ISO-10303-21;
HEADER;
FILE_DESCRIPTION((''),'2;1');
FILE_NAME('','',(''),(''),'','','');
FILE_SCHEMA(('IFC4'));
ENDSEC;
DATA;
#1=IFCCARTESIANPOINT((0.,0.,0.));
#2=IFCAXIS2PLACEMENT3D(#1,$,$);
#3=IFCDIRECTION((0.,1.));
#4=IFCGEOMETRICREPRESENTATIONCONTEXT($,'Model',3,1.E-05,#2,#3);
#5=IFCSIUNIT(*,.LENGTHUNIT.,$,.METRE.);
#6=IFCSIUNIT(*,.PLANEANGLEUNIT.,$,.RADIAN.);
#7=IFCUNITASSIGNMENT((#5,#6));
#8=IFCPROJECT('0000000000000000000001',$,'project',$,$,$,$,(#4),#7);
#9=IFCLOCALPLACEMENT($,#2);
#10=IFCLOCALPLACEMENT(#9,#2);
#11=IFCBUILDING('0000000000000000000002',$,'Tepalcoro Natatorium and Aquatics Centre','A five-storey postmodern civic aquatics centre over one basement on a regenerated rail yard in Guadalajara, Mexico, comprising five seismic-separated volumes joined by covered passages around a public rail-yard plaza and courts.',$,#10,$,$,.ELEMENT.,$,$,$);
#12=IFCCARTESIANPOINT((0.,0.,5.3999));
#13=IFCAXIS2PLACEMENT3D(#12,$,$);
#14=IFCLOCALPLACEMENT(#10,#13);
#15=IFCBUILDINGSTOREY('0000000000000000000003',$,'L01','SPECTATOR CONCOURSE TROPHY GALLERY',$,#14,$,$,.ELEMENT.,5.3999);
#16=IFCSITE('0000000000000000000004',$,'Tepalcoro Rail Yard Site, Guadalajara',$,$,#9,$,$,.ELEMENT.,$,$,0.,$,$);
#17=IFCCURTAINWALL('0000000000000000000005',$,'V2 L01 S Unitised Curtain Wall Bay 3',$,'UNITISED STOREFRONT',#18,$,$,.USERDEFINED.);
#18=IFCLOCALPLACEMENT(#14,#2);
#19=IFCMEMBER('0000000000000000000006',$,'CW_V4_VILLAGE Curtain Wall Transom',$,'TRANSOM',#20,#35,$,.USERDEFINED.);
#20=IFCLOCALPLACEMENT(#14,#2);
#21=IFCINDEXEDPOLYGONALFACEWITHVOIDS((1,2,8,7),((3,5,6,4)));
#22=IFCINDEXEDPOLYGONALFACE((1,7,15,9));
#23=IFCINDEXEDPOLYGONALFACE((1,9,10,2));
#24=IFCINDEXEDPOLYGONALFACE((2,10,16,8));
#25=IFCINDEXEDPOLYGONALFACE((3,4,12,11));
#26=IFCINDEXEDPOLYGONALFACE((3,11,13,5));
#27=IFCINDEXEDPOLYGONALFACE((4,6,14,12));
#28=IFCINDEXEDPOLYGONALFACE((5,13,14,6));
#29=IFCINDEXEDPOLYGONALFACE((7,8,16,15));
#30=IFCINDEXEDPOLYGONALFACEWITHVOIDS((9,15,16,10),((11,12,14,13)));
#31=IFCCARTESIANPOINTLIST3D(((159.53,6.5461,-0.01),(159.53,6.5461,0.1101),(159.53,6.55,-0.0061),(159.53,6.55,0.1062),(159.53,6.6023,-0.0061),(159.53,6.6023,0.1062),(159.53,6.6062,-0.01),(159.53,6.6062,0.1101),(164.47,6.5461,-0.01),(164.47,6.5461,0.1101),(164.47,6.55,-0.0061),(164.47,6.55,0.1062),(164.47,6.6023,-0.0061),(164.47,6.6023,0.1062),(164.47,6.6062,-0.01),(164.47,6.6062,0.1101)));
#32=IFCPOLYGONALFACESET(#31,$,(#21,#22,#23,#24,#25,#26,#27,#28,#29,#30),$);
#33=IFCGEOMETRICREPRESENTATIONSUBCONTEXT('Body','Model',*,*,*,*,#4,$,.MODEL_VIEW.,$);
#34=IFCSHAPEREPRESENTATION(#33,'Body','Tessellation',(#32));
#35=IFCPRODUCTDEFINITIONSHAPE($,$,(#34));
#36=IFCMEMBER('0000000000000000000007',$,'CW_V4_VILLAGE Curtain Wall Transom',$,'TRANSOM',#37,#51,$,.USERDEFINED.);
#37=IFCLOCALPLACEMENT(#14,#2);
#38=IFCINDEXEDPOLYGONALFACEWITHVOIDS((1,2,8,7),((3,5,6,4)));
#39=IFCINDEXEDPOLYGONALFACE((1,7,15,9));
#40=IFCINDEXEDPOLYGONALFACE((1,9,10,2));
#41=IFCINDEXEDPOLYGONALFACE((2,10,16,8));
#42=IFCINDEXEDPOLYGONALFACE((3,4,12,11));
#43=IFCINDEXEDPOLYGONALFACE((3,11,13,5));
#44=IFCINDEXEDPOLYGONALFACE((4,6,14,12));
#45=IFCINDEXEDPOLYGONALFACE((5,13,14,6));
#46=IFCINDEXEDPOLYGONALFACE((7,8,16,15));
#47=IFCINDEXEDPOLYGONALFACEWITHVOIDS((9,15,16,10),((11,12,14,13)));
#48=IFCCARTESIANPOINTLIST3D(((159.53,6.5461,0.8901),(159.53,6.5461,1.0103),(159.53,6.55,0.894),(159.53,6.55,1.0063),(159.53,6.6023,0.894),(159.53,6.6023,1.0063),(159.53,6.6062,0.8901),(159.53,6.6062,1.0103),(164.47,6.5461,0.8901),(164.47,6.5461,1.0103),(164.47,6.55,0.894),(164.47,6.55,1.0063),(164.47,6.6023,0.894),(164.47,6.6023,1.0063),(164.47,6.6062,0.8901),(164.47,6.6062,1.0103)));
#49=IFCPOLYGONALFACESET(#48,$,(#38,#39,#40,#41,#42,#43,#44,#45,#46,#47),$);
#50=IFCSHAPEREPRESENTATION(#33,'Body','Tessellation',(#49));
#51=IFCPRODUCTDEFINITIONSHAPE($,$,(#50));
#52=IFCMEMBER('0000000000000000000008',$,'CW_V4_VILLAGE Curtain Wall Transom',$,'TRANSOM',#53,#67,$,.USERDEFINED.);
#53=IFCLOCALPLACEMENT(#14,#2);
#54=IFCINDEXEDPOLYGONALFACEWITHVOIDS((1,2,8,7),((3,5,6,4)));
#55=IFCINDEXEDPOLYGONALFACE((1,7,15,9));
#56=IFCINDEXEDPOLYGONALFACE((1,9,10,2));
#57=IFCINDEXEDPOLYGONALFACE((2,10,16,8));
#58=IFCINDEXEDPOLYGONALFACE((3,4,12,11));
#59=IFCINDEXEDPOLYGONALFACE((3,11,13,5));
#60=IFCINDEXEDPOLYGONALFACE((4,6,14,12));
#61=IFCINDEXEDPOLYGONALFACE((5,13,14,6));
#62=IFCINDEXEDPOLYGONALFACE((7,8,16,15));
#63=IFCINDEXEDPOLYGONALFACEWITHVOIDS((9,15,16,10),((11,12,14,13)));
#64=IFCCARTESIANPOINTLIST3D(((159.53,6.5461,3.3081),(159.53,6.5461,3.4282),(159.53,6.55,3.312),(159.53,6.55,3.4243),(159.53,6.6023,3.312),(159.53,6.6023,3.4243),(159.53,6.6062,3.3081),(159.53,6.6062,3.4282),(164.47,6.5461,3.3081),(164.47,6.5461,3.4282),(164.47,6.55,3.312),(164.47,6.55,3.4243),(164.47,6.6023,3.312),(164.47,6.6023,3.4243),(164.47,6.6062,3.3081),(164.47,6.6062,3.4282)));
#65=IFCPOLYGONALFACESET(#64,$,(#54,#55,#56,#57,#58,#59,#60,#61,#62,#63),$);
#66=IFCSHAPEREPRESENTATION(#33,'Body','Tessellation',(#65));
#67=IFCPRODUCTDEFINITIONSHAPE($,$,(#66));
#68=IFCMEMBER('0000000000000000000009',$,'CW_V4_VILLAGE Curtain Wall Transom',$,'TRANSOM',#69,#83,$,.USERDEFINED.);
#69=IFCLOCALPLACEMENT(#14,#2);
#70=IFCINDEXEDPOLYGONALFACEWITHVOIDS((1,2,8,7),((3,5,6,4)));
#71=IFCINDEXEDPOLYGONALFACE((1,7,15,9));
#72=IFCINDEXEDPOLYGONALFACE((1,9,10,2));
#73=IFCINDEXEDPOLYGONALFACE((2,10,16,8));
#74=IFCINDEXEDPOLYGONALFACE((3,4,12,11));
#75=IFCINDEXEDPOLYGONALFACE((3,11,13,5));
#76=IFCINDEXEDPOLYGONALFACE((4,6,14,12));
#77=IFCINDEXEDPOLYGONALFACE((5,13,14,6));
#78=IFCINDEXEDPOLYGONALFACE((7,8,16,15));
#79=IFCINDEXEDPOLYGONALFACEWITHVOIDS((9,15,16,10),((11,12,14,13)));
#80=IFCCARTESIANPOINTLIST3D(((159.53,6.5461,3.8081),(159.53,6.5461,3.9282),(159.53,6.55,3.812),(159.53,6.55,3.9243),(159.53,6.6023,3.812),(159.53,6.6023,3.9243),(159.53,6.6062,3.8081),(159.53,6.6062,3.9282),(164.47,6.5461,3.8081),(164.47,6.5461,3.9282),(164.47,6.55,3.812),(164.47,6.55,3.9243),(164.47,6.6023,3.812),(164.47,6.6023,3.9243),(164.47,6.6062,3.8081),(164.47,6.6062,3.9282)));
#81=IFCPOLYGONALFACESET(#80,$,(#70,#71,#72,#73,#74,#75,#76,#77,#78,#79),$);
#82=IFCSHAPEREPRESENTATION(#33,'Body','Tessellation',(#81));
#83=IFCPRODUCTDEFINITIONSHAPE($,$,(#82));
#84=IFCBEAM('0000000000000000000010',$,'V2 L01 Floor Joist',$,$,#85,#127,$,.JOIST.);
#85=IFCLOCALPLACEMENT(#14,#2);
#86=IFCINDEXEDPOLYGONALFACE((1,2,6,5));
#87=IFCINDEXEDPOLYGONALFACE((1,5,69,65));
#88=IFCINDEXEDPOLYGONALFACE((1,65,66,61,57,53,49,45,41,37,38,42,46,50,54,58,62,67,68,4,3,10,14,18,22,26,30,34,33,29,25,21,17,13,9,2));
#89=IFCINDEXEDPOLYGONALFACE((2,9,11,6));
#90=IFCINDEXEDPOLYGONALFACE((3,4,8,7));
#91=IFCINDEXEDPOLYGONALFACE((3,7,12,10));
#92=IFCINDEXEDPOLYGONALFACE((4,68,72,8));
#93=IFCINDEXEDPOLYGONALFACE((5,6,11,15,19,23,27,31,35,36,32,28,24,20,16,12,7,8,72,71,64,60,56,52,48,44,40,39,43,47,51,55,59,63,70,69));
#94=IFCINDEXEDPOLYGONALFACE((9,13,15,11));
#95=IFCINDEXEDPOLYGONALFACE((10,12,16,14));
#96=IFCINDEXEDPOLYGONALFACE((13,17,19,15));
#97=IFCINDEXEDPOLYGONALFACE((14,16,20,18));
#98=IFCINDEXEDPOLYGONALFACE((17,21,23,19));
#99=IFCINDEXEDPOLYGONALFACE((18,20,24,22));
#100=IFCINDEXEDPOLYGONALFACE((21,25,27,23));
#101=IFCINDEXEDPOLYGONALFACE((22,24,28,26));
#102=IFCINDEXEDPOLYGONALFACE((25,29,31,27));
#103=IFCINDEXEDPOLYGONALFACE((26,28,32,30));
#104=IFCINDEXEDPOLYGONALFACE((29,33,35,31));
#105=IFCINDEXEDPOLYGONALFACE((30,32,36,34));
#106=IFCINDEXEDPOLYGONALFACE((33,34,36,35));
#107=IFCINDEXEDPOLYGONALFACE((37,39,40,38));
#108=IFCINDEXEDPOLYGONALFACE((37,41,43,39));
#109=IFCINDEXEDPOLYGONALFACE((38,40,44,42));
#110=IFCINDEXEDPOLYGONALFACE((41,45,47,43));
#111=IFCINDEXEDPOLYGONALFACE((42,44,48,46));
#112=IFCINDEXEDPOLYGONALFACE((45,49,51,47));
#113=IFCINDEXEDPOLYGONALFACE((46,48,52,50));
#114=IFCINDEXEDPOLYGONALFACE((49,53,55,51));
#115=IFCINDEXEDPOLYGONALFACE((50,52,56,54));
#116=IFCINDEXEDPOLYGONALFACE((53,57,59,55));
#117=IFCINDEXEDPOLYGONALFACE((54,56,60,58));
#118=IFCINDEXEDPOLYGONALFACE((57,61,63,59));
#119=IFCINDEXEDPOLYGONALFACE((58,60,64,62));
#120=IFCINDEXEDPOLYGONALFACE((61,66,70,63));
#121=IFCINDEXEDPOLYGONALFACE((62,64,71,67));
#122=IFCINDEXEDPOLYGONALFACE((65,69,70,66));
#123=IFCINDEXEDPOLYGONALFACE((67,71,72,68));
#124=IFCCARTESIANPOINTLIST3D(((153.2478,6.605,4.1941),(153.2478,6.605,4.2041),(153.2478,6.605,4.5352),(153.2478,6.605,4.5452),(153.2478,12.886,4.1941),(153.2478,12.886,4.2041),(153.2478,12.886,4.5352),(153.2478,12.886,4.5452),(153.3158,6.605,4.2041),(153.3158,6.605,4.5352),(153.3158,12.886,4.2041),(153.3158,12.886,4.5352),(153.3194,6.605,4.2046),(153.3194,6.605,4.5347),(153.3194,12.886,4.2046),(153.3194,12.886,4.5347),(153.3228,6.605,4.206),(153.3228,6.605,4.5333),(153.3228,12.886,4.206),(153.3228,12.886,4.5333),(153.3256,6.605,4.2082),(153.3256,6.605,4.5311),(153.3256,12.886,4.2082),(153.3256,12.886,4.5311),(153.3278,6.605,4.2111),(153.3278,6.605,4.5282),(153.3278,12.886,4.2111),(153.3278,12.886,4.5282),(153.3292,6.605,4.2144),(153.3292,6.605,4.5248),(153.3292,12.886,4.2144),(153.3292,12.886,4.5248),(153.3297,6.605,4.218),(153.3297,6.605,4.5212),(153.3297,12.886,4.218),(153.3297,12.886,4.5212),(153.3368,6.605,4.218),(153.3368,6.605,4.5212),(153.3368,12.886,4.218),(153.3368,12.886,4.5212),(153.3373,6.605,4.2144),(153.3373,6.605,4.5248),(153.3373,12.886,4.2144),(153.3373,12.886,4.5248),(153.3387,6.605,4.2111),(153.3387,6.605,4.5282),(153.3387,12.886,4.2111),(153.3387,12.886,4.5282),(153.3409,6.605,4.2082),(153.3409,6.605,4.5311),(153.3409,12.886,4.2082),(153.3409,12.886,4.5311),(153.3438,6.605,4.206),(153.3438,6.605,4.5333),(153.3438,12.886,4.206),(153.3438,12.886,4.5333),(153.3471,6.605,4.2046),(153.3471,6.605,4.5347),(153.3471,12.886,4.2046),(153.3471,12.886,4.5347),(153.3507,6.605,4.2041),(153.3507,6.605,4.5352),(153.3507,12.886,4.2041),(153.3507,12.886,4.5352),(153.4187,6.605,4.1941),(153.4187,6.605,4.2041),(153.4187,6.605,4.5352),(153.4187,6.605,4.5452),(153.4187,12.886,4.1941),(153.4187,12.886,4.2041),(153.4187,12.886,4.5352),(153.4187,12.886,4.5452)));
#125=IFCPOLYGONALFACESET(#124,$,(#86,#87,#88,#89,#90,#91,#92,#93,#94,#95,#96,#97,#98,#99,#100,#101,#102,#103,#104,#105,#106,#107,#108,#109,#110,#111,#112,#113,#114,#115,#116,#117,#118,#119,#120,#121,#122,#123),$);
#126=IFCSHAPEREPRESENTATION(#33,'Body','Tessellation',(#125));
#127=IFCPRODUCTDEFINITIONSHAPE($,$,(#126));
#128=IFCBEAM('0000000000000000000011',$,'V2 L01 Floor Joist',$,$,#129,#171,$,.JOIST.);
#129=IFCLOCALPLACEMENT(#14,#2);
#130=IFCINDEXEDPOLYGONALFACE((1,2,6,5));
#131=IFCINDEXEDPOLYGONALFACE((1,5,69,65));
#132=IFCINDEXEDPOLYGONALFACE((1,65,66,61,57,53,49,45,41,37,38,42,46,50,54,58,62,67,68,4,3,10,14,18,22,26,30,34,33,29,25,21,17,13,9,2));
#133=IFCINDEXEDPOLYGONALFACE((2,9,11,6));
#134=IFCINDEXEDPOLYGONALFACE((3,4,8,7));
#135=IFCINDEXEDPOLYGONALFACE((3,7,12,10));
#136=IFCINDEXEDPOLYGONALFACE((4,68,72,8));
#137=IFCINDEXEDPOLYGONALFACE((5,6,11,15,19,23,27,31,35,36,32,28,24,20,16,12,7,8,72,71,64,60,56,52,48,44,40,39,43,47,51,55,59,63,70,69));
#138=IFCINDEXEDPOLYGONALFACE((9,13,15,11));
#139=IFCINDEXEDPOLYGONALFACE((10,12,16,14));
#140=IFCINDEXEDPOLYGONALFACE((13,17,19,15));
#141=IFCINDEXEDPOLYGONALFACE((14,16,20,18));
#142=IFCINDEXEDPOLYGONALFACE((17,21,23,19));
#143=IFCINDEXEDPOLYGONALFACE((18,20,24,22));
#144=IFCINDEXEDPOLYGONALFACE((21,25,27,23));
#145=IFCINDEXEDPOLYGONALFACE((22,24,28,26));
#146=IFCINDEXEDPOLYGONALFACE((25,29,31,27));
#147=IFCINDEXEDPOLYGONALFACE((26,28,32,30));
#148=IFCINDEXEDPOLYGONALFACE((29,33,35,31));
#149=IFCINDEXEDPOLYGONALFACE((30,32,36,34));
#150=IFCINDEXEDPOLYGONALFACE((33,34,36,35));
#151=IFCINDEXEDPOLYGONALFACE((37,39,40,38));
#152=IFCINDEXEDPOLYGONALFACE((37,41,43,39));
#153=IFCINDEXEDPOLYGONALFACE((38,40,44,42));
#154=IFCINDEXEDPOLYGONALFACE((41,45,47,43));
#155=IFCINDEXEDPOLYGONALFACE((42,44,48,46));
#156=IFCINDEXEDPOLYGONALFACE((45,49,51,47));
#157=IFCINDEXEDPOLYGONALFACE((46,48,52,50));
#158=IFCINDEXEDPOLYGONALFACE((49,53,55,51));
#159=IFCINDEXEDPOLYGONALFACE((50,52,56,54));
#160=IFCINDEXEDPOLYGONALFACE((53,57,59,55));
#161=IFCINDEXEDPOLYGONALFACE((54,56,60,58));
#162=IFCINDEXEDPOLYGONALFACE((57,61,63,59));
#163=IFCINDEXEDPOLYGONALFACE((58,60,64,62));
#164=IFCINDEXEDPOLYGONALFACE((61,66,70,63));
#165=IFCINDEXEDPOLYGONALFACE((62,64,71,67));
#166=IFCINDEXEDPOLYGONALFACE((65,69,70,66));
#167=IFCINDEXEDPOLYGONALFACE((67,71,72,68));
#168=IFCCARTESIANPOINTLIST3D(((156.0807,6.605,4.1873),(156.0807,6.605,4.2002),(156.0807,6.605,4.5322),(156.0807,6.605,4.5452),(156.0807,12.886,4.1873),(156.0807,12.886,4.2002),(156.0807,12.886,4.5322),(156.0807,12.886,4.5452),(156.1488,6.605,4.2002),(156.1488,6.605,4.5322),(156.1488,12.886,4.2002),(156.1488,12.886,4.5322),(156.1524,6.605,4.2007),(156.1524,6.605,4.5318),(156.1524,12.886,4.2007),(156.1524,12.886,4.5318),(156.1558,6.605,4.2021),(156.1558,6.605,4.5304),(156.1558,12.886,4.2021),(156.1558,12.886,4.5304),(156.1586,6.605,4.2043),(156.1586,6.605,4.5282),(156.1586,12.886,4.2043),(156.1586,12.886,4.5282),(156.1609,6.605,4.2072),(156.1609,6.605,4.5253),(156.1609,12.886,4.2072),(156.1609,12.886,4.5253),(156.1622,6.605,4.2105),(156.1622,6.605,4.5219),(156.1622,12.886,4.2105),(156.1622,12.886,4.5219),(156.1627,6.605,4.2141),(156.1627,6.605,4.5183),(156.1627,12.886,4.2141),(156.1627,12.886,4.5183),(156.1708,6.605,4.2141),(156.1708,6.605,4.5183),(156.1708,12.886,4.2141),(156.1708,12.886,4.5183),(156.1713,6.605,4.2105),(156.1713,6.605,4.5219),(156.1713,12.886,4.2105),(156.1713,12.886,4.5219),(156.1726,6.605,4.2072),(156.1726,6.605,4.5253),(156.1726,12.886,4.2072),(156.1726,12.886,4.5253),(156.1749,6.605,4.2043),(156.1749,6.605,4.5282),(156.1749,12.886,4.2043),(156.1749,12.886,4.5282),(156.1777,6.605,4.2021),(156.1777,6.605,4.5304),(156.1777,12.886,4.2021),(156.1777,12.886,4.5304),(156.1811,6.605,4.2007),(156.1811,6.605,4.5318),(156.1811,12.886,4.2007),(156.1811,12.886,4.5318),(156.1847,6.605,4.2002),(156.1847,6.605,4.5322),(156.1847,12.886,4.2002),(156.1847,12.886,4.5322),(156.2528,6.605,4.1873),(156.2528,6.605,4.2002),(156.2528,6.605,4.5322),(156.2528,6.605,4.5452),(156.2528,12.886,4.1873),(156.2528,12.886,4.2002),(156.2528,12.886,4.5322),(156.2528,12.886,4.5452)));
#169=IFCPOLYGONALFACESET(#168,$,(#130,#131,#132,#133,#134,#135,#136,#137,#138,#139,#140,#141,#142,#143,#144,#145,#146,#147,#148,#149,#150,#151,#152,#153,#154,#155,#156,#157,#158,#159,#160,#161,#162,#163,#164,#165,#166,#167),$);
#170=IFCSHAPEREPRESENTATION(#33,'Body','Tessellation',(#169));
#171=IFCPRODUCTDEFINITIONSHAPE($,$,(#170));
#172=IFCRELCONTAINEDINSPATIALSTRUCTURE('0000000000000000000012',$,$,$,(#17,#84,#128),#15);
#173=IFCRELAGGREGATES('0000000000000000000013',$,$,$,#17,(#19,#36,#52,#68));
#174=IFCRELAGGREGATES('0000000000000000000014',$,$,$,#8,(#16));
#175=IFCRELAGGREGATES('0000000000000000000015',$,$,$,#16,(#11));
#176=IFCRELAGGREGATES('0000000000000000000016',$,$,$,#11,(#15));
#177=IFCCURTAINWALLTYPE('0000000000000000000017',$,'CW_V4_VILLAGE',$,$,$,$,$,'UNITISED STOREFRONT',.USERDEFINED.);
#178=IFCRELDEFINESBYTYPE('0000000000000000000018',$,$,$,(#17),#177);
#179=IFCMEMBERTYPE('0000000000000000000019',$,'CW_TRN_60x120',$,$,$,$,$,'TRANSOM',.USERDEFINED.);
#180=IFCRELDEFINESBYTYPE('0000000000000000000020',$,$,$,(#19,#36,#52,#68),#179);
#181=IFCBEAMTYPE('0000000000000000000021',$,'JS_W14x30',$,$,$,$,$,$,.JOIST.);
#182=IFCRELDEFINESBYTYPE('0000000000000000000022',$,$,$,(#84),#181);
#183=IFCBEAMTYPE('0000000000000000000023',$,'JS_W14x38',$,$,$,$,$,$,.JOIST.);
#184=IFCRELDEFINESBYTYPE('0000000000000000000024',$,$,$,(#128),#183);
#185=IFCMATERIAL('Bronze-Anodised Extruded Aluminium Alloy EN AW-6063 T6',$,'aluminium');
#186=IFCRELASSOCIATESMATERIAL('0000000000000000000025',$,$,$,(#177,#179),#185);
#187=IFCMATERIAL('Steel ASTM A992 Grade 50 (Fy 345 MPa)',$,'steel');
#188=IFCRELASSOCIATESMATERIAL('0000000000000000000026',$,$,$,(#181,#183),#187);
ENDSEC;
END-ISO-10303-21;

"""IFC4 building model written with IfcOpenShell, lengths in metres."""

from ifc_helpers import new_model, si_unit, direction, frame, origin, origin_2d, place, context, subcontext, project, spatial, hollow_rectangle, i_section, extrude, material, material_profile, profile_set, type_object, element, aggregate, save


model = new_model("IFC4")

# Units and contexts
model_context = context("Model", 3, precision=1e-05, world=origin(), true_north=direction((0.0, 1.0)))
body_context = subcontext(model_context, "Body", "Model", "MODEL_VIEW")
ifc_project = project(units=[si_unit("LENGTHUNIT", "METRE"), si_unit("PLANEANGLEUNIT", "RADIAN")], contexts=[model_context])

# Site, building, storey
site_placement = place(None, origin())
site = spatial("IfcSite", under=ifc_project, at=site_placement, Name="Tepalcoro Rail Yard Site, Guadalajara", CompositionType="ELEMENT", RefElevation=0.0)
building_placement = place(site_placement, origin())
building = spatial("IfcBuilding", under=site, at=building_placement, Name="Tepalcoro Natatorium and Aquatics Centre", Description="A five-storey postmodern civic aquatics centre over one basement on a regenerated rail yard in Guadalajara, Mexico, comprising five seismic-separated volumes joined by covered passages around a public rail-yard plaza and courts.", CompositionType="ELEMENT")
storey_placement = place(building_placement, frame((0.0, 0.0, 5.3999)))
storey = spatial("IfcBuildingStorey", under=building, at=storey_placement, Name="L01", Description="SPECTATOR CONCOURSE TROPHY GALLERY", CompositionType="ELEMENT", Elevation=5.3999)

# Shared definitions
ifc_material_1 = material(Name="Steel ASTM A992 Grade 50 (Fy 345 MPa)", Category="steel")

# Curtain wall
ifc_material_2 = material(Name="Bronze-Anodised Extruded Aluminium Alloy EN AW-6063 T6", Category="aluminium")
curtain_wall_type_1 = type_object("IfcCurtainWallType", Name="CW_V4_VILLAGE", ElementType="UNITISED STOREFRONT", PredefinedType="USERDEFINED", material=ifc_material_2)
curtain_wall_1_placement = place(storey_placement, origin())
curtain_wall_1 = element("IfcCurtainWall", 1, at=curtain_wall_1_placement, inside=storey, type_object=curtain_wall_type_1, Name="V2 L01 S Unitised Curtain Wall Bay 3", ObjectType="UNITISED STOREFRONT", PredefinedType="USERDEFINED")

# Members
ifc_material_profile_1 = material_profile(ifc_material_2, hollow_rectangle(XDim=0.0601, YDim=0.1201, WallThickness=0.0039, at=origin_2d()), Name="AL60X120X4")
ifc_profile_set_1 = profile_set([ifc_material_profile_1], Name="Bronze-Anodised Extruded Aluminium Alloy EN AW-6063 T6")
member_type_1 = type_object("IfcMemberType", Name="CW_TRN_60x120", ElementType="TRANSOM", PredefinedType="USERDEFINED", material=ifc_profile_set_1)
member_1_placement = place(storey_placement, frame((159.53, 6.5762, 0.05), z_axis=(1.0, 0.0, 0.0), x_axis=(0.0, 1.0, 0.0)))
member_1 = element("IfcMember", 2, at=member_1_placement, type_object=member_type_1, Name="CW_V4_VILLAGE Curtain Wall Transom", ObjectType="TRANSOM", PredefinedType="USERDEFINED", context=body_context, shape_type="SweptSolid", body=[
    extrude(hollow_rectangle(XDim=0.0601, YDim=0.1201, WallThickness=0.0039, at=origin_2d()), origin(), (0.0, 0.0, 1.0), 4.9399),
])
member_2_placement = place(storey_placement, frame((159.53, 6.5762, 0.9502), z_axis=(1.0, 0.0, 0.0), x_axis=(0.0, 1.0, 0.0)))
member_2 = element("IfcMember", 3, at=member_2_placement, type_object=member_type_1, Name="CW_V4_VILLAGE Curtain Wall Transom", ObjectType="TRANSOM", PredefinedType="USERDEFINED", context=body_context, shape_type="SweptSolid", body=[
    extrude(hollow_rectangle(XDim=0.0601, YDim=0.1201, WallThickness=0.0039, at=origin_2d()), origin(), (0.0, 0.0, 1.0), 4.9399),
])
member_3_placement = place(storey_placement, frame((159.53, 6.5762, 3.3682), z_axis=(1.0, 0.0, 0.0), x_axis=(0.0, 1.0, 0.0)))
member_3 = element("IfcMember", 4, at=member_3_placement, type_object=member_type_1, Name="CW_V4_VILLAGE Curtain Wall Transom", ObjectType="TRANSOM", PredefinedType="USERDEFINED", context=body_context, shape_type="SweptSolid", body=[
    extrude(hollow_rectangle(XDim=0.0601, YDim=0.1201, WallThickness=0.0039, at=origin_2d()), origin(), (0.0, 0.0, 1.0), 4.9399),
])
member_4_placement = place(storey_placement, frame((159.53, 6.5762, 3.8682), z_axis=(1.0, 0.0, 0.0), x_axis=(0.0, 1.0, 0.0)))
member_4 = element("IfcMember", 5, at=member_4_placement, type_object=member_type_1, Name="CW_V4_VILLAGE Curtain Wall Transom", ObjectType="TRANSOM", PredefinedType="USERDEFINED", context=body_context, shape_type="SweptSolid", body=[
    extrude(hollow_rectangle(XDim=0.0601, YDim=0.1201, WallThickness=0.0039, at=origin_2d()), origin(), (0.0, 0.0, 1.0), 4.9399),
])

# Beams
ifc_material_profile_2 = material_profile(ifc_material_1, i_section(OverallWidth=0.1709, OverallDepth=0.3511, WebThickness=0.0071, FlangeThickness=0.01, FilletRadius=0.0139, at=origin_2d()), Name="W14X30")
ifc_profile_set_2 = profile_set([ifc_material_profile_2], Name="Steel ASTM A992 Grade 50 (Fy 345 MPa)")
beam_type_1 = type_object("IfcBeamType", Name="JS_W14x30", PredefinedType="JOIST", material=ifc_profile_set_2)
beam_1_placement = place(storey_placement, frame((153.3333, 6.605, 4.3696), z_axis=(0.0, 1.0, 0.0), x_axis=(-1.0, 0.0, 0.0)))
element("IfcBeam", 6, at=beam_1_placement, inside=storey, type_object=beam_type_1, Name="V2 L01 Floor Joist", PredefinedType="JOIST", context=body_context, shape_type="SweptSolid", body=[
    extrude(i_section(OverallWidth=0.1709, OverallDepth=0.3511, WebThickness=0.0071, FlangeThickness=0.01, FilletRadius=0.0139, at=origin_2d()), origin(), (0.0, 0.0, 1.0), 6.281),
])
ifc_material_profile_3 = material_profile(ifc_material_1, i_section(OverallWidth=0.1721, OverallDepth=0.3579, WebThickness=0.0081, FlangeThickness=0.0129, FilletRadius=0.0139, at=origin_2d()), Name="W14X38")
ifc_profile_set_3 = profile_set([ifc_material_profile_3], Name="Steel ASTM A992 Grade 50 (Fy 345 MPa)")
beam_type_2 = type_object("IfcBeamType", Name="JS_W14x38", PredefinedType="JOIST", material=ifc_profile_set_3)
beam_2_placement = place(storey_placement, frame((156.1667, 6.605, 4.3662), z_axis=(0.0, 1.0, 0.0), x_axis=(-1.0, 0.0, 0.0)))
element("IfcBeam", 7, at=beam_2_placement, inside=storey, type_object=beam_type_2, Name="V2 L01 Floor Joist", PredefinedType="JOIST", context=body_context, shape_type="SweptSolid", body=[
    extrude(i_section(OverallWidth=0.1721, OverallDepth=0.3579, WebThickness=0.0081, FlangeThickness=0.0129, FilletRadius=0.0139, at=origin_2d()), origin(), (0.0, 0.0, 1.0), 6.281),
])

aggregate(curtain_wall_1, [member_1, member_2, member_3, member_4])

save(model, "model.ifc")
